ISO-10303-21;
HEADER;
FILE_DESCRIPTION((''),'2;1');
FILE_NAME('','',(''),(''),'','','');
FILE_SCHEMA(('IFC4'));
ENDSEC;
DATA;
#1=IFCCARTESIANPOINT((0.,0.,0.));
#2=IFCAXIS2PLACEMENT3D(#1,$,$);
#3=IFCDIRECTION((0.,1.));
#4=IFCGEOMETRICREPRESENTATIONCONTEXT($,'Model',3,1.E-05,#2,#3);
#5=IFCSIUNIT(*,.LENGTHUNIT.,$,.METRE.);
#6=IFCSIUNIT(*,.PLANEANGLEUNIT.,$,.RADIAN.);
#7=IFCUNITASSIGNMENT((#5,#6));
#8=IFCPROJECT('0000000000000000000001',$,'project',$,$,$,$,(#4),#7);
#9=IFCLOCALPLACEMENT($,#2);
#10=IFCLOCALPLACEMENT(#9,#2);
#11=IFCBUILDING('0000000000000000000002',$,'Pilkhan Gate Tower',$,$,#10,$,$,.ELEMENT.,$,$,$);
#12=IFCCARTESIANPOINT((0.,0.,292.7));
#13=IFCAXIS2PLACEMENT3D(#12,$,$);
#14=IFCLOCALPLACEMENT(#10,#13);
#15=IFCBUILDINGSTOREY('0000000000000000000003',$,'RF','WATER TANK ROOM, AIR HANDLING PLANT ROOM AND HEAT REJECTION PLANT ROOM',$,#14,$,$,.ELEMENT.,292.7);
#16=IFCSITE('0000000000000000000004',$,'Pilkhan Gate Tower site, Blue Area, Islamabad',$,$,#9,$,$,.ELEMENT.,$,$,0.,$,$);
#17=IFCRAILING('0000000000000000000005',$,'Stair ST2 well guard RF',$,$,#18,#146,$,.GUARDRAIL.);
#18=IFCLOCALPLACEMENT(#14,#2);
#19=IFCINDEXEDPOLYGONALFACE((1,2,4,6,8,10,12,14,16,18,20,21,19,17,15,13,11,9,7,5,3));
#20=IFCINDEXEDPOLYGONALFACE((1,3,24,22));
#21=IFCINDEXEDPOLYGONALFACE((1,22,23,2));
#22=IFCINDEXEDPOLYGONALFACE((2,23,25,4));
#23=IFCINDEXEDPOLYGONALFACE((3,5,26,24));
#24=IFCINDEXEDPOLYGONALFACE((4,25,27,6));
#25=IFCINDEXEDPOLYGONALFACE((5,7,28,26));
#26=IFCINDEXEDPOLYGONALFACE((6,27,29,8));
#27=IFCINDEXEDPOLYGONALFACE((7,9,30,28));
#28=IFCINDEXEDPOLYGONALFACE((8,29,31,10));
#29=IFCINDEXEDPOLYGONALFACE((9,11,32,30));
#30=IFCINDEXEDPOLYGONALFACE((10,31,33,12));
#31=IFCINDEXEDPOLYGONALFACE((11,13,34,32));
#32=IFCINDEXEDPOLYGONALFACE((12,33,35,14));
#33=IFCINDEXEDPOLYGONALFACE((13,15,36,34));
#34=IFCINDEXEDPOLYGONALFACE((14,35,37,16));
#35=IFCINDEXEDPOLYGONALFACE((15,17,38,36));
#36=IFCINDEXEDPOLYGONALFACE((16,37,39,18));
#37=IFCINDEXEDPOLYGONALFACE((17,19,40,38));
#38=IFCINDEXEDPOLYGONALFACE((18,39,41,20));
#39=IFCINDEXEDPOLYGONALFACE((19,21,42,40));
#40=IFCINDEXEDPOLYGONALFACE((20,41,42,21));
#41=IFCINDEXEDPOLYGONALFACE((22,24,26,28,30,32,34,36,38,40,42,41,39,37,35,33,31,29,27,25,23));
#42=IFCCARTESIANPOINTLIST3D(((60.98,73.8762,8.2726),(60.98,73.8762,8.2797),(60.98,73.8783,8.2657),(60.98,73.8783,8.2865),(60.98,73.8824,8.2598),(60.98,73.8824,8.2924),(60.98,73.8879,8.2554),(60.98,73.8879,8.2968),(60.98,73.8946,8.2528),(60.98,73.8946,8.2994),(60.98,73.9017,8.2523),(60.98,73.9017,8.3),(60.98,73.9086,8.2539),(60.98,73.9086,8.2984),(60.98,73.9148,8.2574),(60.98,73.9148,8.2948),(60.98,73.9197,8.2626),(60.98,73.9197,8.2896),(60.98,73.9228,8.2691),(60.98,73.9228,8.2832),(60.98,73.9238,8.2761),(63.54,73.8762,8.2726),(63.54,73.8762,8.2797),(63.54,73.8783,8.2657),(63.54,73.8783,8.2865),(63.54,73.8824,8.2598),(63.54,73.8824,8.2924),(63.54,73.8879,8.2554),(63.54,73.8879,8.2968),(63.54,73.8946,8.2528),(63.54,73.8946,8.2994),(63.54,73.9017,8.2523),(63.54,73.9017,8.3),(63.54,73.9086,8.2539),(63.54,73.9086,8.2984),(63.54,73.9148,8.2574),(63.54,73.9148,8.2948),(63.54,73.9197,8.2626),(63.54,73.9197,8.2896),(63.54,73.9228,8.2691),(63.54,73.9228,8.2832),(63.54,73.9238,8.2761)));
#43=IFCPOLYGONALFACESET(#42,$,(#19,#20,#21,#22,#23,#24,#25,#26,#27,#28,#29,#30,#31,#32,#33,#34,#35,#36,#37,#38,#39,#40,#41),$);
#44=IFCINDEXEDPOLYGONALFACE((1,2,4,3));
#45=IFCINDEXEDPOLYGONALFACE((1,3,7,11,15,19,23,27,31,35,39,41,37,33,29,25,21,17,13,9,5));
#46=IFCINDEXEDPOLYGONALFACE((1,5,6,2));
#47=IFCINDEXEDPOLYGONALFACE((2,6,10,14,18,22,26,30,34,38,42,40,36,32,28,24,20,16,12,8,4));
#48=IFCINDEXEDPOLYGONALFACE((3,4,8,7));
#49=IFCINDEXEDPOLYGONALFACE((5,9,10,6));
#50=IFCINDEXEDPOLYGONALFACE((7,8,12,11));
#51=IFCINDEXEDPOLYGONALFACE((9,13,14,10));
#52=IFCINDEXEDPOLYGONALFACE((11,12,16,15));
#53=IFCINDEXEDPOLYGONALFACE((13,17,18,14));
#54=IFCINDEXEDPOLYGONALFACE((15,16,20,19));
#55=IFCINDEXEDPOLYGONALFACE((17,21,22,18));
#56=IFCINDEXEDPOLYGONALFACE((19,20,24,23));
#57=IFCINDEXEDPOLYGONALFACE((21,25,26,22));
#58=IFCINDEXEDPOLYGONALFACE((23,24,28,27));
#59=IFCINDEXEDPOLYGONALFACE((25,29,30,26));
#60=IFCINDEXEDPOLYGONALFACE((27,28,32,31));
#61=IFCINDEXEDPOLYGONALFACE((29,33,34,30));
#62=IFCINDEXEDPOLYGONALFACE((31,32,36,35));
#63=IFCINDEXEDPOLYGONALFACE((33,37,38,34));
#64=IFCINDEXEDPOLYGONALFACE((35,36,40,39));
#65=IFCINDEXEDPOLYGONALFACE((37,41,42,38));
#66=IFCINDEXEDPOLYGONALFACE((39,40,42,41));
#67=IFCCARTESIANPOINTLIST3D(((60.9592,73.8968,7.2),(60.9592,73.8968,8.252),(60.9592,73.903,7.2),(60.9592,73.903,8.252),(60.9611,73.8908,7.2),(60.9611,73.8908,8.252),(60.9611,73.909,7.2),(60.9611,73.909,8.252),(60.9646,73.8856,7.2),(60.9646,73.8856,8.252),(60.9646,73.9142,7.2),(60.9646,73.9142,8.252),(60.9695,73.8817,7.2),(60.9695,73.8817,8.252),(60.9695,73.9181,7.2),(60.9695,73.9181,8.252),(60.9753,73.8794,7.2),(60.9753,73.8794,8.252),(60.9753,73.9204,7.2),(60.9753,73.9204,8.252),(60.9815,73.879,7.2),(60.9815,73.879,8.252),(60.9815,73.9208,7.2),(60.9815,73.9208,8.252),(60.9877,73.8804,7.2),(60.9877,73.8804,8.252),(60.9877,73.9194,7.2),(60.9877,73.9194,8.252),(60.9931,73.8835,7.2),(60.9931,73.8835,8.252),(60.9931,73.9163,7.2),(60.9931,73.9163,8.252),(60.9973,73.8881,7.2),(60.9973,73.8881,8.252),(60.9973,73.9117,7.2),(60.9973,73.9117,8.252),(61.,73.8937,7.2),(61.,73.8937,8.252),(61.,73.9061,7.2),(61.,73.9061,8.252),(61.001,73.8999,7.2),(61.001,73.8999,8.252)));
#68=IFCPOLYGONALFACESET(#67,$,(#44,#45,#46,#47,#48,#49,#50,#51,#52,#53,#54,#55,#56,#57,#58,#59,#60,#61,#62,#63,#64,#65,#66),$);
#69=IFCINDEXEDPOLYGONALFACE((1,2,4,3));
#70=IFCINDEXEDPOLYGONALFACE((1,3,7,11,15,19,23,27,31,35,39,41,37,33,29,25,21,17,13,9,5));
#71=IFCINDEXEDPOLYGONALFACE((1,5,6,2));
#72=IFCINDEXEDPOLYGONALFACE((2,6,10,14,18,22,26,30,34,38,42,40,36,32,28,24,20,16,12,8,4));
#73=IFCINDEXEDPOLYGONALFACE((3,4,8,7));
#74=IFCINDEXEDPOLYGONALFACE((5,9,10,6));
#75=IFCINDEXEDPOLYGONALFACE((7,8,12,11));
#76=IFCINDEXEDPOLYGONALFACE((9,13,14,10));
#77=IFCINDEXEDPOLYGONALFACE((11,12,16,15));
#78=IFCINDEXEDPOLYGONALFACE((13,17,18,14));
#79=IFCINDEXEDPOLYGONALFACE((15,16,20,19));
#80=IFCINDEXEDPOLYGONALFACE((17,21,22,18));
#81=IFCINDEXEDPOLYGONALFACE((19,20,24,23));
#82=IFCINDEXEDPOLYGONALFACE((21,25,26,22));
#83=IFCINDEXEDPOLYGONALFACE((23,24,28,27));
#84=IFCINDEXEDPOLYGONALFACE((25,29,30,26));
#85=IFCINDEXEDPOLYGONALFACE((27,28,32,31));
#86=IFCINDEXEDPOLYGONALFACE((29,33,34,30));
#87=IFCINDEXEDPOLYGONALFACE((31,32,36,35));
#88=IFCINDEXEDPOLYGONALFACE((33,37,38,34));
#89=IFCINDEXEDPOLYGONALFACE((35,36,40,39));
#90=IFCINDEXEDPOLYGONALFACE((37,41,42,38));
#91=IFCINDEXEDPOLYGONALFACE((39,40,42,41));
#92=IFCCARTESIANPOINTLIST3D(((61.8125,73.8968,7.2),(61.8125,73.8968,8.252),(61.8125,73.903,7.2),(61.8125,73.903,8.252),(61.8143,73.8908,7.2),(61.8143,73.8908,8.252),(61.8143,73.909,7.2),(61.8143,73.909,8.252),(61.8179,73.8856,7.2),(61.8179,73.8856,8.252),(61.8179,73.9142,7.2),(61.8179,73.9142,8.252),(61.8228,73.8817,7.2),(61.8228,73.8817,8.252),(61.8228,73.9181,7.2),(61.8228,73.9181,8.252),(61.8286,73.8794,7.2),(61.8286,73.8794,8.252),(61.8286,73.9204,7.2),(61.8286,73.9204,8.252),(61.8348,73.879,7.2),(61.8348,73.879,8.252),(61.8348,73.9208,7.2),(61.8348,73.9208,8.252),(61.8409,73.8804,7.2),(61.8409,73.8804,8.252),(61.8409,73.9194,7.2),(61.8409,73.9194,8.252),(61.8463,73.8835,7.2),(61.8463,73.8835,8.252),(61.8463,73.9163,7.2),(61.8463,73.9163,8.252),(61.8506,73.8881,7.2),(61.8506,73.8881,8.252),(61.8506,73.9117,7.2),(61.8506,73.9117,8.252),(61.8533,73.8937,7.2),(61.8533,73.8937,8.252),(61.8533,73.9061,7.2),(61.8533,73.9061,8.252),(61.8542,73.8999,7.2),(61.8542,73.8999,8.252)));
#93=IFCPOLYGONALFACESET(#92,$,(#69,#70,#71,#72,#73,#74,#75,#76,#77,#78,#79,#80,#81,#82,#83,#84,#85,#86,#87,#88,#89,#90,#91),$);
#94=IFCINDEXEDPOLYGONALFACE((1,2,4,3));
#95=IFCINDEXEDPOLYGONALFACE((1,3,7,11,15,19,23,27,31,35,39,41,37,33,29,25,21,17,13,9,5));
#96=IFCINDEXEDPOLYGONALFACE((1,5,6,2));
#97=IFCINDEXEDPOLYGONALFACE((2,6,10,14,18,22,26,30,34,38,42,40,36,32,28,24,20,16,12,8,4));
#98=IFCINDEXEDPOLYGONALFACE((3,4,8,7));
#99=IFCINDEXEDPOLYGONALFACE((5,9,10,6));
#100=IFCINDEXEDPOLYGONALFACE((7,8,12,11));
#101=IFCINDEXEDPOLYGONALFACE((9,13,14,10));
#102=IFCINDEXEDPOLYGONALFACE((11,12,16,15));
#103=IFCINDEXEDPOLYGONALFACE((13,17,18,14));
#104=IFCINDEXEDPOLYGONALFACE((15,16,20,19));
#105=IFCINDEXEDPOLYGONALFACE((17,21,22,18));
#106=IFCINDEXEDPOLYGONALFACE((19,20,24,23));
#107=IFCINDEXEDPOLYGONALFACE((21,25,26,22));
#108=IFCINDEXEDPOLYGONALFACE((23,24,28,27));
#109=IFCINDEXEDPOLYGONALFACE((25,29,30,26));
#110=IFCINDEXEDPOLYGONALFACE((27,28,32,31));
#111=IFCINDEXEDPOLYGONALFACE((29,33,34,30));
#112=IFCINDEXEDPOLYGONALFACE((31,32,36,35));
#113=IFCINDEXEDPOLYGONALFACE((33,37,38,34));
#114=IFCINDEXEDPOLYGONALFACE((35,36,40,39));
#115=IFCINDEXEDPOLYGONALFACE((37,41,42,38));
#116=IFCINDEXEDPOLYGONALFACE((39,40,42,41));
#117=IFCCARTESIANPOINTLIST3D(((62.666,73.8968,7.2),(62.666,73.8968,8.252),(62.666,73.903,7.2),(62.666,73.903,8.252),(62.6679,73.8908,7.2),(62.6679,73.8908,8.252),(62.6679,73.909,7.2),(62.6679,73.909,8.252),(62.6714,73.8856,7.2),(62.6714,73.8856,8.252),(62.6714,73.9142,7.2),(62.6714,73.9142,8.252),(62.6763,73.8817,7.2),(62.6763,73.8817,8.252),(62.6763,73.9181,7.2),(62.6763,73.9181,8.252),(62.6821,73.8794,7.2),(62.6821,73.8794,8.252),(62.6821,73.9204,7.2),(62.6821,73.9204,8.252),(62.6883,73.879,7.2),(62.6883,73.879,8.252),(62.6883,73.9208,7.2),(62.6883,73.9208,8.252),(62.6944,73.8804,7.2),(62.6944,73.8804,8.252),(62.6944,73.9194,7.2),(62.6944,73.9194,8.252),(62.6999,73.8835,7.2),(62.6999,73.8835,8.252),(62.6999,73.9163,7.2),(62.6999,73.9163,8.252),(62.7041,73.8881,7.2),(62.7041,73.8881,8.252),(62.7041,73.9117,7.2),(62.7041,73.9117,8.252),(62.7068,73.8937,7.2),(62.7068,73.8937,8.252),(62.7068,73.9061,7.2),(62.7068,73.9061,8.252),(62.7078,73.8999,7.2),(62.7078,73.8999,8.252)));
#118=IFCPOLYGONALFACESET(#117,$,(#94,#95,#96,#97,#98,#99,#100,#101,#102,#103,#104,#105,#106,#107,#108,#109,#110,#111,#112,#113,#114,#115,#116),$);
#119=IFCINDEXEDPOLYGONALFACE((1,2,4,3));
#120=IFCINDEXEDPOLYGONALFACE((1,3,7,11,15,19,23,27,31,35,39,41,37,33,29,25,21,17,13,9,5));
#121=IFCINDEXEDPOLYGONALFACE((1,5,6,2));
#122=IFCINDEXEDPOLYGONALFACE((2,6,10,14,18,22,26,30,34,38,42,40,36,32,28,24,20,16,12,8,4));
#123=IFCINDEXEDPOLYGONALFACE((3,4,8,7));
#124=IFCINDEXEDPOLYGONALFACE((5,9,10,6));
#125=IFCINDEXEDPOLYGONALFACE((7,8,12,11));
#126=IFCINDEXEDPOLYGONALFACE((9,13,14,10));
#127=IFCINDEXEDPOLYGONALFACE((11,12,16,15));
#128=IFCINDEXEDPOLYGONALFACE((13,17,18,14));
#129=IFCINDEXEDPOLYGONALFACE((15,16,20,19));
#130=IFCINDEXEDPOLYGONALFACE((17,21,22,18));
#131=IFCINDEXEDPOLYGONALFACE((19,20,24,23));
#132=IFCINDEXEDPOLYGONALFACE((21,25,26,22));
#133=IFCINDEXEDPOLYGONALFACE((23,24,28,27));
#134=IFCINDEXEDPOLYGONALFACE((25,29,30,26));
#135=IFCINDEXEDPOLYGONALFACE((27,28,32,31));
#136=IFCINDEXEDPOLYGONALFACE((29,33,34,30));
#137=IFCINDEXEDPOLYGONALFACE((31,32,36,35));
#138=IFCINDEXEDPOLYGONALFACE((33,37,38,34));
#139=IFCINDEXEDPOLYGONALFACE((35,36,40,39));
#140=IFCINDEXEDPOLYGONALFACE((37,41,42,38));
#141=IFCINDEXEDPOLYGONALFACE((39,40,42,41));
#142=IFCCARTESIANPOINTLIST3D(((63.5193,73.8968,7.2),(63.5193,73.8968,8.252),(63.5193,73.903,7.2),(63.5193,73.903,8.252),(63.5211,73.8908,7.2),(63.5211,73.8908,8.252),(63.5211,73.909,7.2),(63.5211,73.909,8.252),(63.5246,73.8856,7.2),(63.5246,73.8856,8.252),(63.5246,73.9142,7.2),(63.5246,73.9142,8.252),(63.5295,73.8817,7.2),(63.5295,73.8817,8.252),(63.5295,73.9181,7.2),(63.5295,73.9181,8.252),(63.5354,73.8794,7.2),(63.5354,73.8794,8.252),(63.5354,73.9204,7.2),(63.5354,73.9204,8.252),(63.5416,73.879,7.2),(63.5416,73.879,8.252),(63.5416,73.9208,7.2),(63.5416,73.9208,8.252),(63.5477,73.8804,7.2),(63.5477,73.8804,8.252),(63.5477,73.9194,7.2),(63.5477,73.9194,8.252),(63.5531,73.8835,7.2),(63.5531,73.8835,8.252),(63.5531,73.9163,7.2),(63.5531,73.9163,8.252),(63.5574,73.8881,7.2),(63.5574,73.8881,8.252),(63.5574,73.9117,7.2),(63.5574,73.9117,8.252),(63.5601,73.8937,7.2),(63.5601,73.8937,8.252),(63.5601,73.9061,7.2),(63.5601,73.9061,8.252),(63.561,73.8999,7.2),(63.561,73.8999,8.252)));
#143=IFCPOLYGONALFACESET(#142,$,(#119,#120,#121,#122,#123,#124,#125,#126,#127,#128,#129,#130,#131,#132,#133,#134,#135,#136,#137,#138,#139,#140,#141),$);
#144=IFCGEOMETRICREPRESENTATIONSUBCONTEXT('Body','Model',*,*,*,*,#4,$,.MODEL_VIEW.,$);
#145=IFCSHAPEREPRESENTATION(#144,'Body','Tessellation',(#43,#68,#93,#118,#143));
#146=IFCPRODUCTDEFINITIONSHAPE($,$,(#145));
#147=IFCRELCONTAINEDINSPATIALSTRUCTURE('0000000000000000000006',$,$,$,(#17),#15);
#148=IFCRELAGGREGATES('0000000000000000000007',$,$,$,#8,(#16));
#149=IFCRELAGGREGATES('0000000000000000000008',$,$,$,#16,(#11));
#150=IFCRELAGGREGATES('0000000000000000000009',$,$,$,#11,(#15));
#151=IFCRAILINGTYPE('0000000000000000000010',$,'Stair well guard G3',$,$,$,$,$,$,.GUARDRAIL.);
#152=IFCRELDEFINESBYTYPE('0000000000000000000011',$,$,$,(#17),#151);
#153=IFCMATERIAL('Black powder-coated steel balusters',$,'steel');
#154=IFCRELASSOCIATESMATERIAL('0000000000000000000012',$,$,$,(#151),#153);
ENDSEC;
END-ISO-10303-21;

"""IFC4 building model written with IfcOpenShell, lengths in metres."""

from ifc_helpers import new_model, si_unit, direction, frame, origin, origin_2d, place, context, subcontext, project, spatial, circle, extrude, material, type_object, element, save


model = new_model("IFC4")

# Units and contexts
model_context = context("Model", 3, precision=1e-05, world=origin(), true_north=direction((0.0, 1.0)))
body_context = subcontext(model_context, "Body", "Model", "MODEL_VIEW")
ifc_project = project(units=[si_unit("LENGTHUNIT", "METRE"), si_unit("PLANEANGLEUNIT", "RADIAN")], contexts=[model_context])

# Site, building, storey
site_placement = place(None, origin())
site = spatial("IfcSite", under=ifc_project, at=site_placement, Name="Pilkhan Gate Tower site, Blue Area, Islamabad", CompositionType="ELEMENT", RefElevation=0.0)
building_placement = place(site_placement, origin())
building = spatial("IfcBuilding", under=site, at=building_placement, Name="Pilkhan Gate Tower", CompositionType="ELEMENT")
storey_placement = place(building_placement, frame((0.0, 0.0, 292.7)))
storey = spatial("IfcBuildingStorey", under=building, at=storey_placement, Name="RF", Description="WATER TANK ROOM, AIR HANDLING PLANT ROOM AND HEAT REJECTION PLANT ROOM", CompositionType="ELEMENT", Elevation=292.7)

# Railing
ifc_material_1 = material(Name="Black powder-coated steel balusters", Category="steel")
railing_type_1 = type_object("IfcRailingType", Name="Stair well guard G3", PredefinedType="GUARDRAIL", material=ifc_material_1)
railing_1_placement = place(storey_placement, frame((60.98, 73.8999, 7.2)))
element("IfcRailing", 1, at=railing_1_placement, inside=storey, type_object=railing_type_1, Name="Stair ST2 well guard RF", PredefinedType="GUARDRAIL", context=body_context, shape_type="SweptSolid", body=[
    extrude(circle(Radius=0.0239, at=origin_2d()), frame((0.0, 0.0, 1.0762), z_axis=(1.0, 0.0, 0.0), x_axis=(0.0, 1.0, 0.0)), (0.0, 0.0, 1.0), 2.5601),
    extrude(circle(Radius=0.021, at=origin_2d()), origin(), (0.0, 0.0, 1.0), 1.052),
    extrude(circle(Radius=0.021, at=origin_2d()), frame((0.8533, 0.0, 0.0)), (0.0, 0.0, 1.0), 1.052),
    extrude(circle(Radius=0.021, at=origin_2d()), frame((1.7068, 0.0, 0.0)), (0.0, 0.0, 1.0), 1.052),
    extrude(circle(Radius=0.021, at=origin_2d()), frame((2.5601, 0.0, 0.0)), (0.0, 0.0, 1.0), 1.052),
])

save(model, "model.ifc")
